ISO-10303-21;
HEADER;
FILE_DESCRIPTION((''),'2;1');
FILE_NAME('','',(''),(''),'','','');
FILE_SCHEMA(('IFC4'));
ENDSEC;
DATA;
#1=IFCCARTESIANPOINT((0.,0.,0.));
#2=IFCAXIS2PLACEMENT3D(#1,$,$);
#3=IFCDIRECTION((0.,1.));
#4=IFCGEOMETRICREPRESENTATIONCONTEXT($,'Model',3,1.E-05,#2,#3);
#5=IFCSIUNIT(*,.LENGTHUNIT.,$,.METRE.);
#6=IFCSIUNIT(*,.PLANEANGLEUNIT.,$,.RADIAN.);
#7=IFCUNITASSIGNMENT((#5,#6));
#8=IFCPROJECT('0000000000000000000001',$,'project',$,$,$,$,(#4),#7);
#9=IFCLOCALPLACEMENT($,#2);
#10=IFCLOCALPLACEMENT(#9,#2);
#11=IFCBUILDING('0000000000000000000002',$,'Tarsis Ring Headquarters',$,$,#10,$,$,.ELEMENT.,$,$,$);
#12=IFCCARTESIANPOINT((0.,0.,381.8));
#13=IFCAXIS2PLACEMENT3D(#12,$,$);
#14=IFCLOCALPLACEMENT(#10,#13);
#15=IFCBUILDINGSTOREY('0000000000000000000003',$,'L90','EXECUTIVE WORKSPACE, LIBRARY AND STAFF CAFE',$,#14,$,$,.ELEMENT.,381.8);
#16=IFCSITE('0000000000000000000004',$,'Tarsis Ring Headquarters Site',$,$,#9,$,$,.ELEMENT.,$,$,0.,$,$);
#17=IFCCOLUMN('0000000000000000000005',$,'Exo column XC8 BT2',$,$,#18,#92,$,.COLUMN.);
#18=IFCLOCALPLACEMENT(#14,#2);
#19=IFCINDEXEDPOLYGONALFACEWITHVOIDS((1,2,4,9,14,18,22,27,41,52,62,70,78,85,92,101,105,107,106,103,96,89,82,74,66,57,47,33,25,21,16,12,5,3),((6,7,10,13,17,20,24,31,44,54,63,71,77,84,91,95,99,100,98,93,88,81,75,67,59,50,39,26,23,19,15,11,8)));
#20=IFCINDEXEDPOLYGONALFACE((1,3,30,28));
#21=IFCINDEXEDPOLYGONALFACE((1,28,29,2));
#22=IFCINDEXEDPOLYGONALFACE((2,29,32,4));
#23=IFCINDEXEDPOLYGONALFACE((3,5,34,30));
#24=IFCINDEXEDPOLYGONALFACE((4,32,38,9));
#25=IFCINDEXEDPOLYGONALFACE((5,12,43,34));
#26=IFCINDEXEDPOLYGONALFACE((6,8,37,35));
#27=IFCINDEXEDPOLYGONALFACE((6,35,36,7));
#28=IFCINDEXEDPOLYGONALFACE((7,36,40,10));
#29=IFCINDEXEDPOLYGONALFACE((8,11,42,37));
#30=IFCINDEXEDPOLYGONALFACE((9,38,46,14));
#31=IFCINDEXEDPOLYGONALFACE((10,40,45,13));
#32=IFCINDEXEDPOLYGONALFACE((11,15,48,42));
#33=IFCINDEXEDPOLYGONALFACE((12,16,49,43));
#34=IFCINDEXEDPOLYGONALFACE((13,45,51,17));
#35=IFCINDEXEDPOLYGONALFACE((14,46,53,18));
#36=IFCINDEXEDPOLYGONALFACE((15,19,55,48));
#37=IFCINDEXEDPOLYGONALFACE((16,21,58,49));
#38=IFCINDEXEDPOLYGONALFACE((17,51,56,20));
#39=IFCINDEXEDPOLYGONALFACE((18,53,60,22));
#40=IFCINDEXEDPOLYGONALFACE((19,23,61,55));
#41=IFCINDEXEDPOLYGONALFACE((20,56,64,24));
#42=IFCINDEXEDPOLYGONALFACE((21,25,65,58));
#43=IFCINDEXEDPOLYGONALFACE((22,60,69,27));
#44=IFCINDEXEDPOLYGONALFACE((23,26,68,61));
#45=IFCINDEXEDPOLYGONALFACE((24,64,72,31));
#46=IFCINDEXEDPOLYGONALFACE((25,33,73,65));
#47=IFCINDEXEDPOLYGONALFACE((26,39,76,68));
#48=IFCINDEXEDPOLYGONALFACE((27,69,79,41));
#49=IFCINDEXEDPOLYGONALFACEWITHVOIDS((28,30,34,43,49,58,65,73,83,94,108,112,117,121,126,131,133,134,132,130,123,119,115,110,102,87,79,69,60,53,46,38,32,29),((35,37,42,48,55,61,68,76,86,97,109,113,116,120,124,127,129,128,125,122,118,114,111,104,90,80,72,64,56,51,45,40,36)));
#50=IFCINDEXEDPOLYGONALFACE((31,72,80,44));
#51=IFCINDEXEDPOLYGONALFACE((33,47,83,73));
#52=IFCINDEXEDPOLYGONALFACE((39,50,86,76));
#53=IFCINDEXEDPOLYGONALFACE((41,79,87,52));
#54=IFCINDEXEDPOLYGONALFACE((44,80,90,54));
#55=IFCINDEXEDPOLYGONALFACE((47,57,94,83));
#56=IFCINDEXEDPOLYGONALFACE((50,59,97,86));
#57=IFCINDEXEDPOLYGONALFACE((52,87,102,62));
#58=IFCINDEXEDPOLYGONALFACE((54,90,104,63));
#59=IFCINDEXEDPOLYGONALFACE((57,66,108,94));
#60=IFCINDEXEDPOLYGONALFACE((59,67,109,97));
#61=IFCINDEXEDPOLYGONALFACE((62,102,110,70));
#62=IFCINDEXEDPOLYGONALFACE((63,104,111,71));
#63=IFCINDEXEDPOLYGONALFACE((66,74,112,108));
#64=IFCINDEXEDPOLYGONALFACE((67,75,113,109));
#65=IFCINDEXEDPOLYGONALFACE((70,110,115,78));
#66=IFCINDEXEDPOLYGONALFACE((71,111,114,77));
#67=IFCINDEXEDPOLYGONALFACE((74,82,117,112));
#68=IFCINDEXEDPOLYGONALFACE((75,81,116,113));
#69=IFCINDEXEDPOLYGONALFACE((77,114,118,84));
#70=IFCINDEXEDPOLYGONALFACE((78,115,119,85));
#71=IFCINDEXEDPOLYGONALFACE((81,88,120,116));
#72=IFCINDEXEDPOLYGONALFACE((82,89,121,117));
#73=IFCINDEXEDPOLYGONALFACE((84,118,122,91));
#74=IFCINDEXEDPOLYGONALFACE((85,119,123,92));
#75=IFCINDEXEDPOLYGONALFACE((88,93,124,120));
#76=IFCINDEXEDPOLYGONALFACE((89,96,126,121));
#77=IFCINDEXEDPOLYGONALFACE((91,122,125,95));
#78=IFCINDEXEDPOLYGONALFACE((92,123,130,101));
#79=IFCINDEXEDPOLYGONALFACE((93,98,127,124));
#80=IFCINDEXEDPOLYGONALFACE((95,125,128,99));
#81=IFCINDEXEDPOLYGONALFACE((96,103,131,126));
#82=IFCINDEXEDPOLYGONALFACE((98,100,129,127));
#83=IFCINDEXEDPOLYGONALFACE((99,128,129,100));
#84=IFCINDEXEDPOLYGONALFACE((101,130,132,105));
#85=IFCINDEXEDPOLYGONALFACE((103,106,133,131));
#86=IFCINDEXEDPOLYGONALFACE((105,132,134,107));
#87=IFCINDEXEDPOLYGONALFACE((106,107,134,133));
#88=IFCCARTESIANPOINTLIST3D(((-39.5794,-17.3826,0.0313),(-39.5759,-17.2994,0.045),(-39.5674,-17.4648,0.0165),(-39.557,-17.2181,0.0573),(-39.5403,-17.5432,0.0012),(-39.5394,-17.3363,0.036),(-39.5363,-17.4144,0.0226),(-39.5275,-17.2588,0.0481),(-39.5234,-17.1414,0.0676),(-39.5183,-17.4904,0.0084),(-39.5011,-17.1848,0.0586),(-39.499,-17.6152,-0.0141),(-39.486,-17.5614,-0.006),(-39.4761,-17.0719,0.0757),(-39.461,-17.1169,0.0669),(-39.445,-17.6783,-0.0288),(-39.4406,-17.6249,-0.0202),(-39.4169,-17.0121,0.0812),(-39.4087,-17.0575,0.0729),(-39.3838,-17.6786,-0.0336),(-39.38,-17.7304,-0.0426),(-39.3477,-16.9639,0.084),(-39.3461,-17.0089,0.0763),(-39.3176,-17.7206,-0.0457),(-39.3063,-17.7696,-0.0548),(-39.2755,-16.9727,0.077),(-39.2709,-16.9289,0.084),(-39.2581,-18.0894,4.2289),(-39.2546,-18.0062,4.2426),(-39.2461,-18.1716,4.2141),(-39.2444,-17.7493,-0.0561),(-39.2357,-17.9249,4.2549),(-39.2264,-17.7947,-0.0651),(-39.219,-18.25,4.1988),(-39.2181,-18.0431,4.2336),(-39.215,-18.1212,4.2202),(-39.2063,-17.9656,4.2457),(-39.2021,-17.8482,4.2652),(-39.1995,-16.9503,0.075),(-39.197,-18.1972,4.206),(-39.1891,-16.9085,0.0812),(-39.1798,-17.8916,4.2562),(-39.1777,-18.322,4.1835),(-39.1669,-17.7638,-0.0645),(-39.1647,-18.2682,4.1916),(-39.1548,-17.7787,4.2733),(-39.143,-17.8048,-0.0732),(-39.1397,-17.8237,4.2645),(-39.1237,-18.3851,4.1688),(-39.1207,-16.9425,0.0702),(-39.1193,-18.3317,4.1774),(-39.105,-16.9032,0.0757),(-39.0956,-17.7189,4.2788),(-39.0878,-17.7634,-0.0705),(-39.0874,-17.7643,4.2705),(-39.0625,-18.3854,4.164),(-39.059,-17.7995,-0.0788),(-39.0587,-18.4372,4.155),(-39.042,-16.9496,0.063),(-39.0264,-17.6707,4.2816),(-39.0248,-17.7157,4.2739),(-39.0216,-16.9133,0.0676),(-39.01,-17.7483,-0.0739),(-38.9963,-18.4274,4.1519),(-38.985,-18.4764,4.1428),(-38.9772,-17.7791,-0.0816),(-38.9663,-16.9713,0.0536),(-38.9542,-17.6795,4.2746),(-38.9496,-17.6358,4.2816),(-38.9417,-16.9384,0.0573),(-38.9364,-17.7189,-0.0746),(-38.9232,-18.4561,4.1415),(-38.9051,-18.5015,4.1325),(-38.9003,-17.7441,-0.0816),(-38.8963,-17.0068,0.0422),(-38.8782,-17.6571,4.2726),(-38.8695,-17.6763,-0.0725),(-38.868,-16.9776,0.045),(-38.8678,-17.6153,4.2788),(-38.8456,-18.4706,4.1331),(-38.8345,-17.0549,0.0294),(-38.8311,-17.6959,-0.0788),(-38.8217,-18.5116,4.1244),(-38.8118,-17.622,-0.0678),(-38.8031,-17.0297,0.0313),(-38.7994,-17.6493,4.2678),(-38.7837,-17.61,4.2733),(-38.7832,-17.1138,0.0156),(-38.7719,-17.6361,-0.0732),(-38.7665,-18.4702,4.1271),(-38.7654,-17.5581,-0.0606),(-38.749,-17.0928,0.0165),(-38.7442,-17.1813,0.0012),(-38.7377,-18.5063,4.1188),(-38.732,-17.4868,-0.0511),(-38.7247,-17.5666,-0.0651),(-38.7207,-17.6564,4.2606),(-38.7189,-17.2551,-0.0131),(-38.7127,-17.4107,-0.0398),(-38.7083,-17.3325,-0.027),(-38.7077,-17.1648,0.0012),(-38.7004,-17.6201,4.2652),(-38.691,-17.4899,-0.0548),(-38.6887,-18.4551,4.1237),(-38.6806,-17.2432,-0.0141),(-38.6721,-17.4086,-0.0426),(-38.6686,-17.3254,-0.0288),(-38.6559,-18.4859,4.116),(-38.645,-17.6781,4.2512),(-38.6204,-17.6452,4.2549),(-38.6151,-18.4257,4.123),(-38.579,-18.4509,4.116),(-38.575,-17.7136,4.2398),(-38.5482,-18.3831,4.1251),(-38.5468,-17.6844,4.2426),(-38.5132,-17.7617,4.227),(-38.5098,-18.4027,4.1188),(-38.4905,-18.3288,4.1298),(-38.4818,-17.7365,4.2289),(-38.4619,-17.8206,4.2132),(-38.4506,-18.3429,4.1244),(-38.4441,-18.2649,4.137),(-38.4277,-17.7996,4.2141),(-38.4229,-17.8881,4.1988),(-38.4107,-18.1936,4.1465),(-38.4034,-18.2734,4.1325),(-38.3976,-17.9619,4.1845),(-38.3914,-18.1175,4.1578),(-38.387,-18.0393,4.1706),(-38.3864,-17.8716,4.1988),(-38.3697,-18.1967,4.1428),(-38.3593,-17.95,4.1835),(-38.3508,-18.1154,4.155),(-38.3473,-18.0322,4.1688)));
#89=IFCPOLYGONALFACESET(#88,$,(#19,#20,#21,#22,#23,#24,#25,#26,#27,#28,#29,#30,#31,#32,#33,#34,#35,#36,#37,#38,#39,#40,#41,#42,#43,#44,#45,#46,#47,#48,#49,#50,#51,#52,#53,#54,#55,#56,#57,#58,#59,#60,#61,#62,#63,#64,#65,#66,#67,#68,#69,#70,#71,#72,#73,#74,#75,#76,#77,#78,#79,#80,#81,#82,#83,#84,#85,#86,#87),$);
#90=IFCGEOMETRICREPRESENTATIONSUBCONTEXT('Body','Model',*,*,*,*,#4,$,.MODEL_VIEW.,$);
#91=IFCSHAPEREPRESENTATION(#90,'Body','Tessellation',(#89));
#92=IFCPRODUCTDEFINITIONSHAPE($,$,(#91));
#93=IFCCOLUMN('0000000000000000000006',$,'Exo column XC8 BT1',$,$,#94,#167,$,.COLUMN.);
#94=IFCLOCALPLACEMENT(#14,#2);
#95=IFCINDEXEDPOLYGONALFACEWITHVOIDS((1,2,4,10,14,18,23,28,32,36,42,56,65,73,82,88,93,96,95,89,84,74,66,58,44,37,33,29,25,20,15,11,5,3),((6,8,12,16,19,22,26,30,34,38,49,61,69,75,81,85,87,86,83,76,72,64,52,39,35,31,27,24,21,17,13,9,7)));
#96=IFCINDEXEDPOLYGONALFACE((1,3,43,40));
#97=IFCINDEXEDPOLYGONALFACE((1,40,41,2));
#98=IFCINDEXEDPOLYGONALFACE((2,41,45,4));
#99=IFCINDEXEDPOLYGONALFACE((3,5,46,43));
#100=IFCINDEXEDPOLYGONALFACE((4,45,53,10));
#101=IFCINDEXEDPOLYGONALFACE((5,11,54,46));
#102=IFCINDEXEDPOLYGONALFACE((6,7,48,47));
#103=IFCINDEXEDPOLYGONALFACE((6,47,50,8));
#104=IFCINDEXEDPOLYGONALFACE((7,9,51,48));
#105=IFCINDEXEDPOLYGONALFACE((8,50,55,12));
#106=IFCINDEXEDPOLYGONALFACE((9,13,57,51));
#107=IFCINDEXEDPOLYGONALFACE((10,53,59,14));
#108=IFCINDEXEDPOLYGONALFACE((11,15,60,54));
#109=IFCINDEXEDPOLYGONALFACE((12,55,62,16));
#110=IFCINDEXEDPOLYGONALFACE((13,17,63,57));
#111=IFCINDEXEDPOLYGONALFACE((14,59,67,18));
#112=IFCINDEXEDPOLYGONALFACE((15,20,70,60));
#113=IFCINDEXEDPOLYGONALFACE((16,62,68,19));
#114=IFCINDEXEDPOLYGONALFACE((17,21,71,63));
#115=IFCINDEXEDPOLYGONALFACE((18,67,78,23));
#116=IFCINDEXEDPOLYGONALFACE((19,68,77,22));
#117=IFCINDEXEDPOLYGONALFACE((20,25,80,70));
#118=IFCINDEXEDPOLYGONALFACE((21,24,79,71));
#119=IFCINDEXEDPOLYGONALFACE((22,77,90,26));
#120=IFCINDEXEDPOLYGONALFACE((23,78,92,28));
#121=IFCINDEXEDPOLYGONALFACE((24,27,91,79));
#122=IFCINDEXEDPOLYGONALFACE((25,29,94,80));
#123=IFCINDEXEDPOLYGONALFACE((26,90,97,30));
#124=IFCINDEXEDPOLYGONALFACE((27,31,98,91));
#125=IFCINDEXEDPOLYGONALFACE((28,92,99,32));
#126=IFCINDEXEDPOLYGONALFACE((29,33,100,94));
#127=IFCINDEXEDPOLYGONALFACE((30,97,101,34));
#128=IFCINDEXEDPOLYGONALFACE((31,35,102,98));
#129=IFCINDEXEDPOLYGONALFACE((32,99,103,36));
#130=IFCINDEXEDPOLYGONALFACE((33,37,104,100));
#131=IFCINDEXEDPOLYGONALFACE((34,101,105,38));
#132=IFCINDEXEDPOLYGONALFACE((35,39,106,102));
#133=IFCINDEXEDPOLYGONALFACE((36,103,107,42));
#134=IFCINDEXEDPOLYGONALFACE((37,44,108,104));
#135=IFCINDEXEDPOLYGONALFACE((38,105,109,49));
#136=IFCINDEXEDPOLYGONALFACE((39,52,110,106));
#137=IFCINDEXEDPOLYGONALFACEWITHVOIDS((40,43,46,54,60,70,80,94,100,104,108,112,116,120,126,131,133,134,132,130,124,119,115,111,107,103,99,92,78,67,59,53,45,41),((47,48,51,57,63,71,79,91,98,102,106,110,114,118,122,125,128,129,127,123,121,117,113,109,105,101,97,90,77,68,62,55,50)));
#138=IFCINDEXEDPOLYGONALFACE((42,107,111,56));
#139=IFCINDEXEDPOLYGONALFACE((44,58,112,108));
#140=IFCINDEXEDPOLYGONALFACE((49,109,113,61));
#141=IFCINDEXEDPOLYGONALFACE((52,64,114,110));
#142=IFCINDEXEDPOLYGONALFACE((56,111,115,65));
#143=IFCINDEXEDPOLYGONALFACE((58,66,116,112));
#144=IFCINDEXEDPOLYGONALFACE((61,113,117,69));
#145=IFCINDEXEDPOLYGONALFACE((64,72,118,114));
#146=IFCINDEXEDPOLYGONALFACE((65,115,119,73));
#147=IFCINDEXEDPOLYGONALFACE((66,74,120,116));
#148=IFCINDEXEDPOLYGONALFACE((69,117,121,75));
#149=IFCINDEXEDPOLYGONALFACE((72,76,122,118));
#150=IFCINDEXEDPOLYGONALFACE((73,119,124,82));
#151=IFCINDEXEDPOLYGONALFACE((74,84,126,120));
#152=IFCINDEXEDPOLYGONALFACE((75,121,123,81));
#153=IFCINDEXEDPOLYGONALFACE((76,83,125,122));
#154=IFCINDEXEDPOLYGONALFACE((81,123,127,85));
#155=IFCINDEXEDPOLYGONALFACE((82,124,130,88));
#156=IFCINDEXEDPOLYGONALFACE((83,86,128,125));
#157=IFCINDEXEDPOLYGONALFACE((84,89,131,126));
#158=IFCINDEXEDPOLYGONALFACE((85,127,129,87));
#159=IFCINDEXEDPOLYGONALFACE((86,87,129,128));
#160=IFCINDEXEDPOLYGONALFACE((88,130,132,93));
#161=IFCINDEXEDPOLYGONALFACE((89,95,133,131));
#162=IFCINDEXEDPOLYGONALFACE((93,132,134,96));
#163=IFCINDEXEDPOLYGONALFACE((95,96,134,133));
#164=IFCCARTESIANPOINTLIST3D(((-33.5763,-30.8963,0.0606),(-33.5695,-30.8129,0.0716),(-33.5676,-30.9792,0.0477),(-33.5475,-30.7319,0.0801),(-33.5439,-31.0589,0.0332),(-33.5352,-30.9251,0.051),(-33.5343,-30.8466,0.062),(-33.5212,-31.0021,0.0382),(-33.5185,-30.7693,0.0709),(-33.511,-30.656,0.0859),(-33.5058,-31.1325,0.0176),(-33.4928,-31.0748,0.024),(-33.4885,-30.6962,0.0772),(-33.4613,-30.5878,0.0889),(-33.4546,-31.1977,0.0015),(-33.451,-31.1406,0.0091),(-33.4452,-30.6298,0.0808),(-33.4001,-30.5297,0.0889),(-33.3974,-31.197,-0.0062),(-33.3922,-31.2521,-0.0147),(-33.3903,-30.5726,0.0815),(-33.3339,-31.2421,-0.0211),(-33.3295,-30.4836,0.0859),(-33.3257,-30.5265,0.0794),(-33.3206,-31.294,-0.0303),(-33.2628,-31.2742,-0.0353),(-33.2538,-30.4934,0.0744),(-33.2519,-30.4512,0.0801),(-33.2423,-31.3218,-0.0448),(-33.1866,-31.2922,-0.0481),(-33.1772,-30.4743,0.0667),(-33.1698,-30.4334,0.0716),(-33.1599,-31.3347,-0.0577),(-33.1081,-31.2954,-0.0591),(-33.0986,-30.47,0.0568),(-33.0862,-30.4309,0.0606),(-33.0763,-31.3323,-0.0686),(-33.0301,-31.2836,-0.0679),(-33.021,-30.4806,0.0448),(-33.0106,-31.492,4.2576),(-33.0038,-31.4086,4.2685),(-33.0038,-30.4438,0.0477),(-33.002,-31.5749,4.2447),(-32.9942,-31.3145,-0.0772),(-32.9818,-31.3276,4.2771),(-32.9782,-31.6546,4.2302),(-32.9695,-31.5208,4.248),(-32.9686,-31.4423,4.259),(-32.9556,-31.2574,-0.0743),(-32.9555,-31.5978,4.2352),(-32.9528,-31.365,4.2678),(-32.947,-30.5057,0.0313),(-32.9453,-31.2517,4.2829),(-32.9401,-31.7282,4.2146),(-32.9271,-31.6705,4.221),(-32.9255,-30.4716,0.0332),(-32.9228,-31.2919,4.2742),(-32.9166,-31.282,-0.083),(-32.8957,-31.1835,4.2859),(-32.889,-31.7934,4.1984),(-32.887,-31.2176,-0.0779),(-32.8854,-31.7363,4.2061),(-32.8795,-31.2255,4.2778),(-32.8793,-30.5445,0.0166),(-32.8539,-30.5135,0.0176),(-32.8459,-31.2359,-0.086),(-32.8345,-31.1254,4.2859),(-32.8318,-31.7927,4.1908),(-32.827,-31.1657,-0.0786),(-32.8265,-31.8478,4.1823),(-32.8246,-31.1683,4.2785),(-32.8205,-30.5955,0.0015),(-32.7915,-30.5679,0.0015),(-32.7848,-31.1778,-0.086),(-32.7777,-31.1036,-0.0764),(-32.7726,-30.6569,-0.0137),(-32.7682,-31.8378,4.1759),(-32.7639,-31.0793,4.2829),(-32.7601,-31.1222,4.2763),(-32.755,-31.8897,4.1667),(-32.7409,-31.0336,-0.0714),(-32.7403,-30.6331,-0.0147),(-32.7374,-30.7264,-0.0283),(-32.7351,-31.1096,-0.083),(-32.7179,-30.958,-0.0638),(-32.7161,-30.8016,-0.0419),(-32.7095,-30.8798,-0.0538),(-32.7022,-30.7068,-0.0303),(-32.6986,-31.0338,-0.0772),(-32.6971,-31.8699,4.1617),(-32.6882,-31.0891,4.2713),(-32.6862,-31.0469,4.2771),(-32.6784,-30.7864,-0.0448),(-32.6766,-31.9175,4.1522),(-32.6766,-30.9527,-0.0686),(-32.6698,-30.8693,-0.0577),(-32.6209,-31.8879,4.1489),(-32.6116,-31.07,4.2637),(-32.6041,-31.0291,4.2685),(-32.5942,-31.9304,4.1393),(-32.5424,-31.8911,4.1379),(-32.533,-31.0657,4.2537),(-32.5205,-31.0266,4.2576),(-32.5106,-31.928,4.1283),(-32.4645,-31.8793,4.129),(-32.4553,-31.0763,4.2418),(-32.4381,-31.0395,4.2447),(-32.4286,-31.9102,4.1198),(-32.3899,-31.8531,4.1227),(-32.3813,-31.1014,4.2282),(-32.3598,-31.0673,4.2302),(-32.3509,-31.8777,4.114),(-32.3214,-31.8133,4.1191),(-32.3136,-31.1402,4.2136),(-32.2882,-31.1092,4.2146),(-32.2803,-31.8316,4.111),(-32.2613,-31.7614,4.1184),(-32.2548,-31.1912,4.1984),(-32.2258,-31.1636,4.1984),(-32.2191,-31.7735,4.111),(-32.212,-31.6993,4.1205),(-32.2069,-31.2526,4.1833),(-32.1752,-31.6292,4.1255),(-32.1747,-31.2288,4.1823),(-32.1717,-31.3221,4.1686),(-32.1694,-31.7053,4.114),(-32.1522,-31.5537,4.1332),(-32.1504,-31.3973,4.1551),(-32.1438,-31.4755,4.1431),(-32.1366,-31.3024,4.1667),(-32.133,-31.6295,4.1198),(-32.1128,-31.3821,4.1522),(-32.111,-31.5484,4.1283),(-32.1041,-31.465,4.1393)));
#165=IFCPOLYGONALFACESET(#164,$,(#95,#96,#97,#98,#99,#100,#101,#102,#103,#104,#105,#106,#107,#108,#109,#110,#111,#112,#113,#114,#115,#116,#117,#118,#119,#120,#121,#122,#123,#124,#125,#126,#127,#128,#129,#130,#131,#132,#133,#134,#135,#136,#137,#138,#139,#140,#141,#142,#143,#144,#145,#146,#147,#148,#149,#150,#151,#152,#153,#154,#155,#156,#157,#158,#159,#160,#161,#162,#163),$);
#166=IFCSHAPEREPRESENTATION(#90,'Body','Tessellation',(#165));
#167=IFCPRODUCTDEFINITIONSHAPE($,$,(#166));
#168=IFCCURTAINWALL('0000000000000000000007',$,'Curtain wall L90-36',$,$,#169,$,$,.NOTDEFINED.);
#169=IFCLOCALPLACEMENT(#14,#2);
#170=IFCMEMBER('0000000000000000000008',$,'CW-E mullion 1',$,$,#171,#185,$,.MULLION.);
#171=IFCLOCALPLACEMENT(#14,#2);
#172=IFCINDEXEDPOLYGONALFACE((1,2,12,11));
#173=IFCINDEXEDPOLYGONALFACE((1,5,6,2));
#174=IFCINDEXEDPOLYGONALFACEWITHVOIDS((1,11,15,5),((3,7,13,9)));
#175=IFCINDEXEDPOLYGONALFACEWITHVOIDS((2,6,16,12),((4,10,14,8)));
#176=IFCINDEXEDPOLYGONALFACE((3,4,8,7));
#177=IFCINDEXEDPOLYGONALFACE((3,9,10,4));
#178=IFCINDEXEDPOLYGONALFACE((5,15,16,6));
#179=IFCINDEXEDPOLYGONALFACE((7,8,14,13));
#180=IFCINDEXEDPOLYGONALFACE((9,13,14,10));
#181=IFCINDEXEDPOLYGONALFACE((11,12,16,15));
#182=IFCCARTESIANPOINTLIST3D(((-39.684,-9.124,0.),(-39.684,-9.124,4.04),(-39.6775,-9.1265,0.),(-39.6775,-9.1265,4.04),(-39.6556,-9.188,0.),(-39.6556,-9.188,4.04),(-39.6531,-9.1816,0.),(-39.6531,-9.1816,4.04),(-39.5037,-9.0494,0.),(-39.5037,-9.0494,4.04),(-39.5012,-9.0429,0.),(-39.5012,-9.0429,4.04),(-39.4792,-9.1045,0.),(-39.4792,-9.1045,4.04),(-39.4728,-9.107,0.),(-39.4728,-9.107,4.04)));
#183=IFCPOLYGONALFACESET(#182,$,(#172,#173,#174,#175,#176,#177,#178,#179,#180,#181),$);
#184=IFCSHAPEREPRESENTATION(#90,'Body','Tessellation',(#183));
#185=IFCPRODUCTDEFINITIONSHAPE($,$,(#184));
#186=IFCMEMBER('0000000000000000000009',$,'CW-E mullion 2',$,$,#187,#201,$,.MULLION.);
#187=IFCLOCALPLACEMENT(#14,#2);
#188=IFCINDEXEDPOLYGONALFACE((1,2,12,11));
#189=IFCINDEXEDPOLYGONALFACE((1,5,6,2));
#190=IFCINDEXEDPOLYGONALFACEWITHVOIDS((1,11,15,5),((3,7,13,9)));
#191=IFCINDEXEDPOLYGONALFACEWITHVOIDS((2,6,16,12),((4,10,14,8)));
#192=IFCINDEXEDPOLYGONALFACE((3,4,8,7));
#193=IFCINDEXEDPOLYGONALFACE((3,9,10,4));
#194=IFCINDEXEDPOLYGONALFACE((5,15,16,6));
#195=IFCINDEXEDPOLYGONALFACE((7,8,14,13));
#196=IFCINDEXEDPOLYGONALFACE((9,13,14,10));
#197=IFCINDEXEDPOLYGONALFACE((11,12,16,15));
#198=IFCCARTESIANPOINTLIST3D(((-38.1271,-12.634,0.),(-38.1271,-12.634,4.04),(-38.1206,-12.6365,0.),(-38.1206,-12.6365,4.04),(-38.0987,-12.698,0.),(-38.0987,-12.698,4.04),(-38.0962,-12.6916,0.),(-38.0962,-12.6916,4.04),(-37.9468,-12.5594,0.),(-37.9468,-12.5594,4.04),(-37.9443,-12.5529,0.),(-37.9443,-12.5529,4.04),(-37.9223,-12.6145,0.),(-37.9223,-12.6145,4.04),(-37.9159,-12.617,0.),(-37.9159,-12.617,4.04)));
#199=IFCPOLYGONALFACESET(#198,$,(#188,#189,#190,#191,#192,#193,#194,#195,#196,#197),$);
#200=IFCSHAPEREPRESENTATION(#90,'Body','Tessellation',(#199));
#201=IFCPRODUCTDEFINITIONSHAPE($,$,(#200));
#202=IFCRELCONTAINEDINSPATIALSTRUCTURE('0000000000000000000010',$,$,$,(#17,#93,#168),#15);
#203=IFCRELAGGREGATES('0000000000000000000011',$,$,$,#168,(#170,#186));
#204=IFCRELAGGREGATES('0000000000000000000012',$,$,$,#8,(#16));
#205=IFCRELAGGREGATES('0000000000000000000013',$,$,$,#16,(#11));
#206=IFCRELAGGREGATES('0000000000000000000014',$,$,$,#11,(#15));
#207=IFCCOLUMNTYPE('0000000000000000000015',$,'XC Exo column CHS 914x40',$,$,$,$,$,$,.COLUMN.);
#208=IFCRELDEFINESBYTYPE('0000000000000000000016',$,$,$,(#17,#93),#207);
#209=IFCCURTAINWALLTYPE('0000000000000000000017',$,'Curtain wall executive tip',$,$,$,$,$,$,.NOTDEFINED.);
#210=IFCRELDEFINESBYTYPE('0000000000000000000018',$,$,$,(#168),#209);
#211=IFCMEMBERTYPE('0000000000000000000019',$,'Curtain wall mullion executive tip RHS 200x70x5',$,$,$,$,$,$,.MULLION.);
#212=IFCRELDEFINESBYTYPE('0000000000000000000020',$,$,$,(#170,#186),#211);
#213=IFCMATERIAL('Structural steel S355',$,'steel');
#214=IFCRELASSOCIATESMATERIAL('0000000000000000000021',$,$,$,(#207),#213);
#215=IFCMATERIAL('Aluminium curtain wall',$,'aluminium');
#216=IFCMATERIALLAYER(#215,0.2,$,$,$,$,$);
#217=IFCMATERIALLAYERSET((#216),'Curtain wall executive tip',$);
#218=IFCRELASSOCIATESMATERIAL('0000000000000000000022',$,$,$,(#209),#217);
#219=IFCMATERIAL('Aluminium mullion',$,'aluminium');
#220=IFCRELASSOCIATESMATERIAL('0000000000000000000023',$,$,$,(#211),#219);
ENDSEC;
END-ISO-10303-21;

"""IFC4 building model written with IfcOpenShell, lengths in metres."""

from ifc_helpers import new_model, si_unit, direction, frame, origin, origin_2d, place, context, subcontext, project, spatial, hollow_rectangle, hollow_circle, extrude, material, layer, layer_set, material_profile, profile_set, type_object, element, aggregate, save


model = new_model("IFC4")

# Units and contexts
model_context = context("Model", 3, precision=1e-05, world=origin(), true_north=direction((0.0, 1.0)))
body_context = subcontext(model_context, "Body", "Model", "MODEL_VIEW")
ifc_project = project(units=[si_unit("LENGTHUNIT", "METRE"), si_unit("PLANEANGLEUNIT", "RADIAN")], contexts=[model_context])

# Site, building, storey
site_placement = place(None, origin())
site = spatial("IfcSite", under=ifc_project, at=site_placement, Name="Tarsis Ring Headquarters Site", CompositionType="ELEMENT", RefElevation=0.0)
building_placement = place(site_placement, origin())
building = spatial("IfcBuilding", under=site, at=building_placement, Name="Tarsis Ring Headquarters", CompositionType="ELEMENT")
storey_placement = place(building_placement, frame((0.0, 0.0, 381.8)))
storey = spatial("IfcBuildingStorey", under=building, at=storey_placement, Name="L90", Description="EXECUTIVE WORKSPACE, LIBRARY AND STAFF CAFE", CompositionType="ELEMENT", Elevation=381.8)

# Columns
ifc_material_1 = material(Name="Structural steel S355", Category="steel")
ifc_material_profile_1 = material_profile(ifc_material_1, hollow_circle(Radius=0.457, WallThickness=0.04, at=origin_2d()), Name="CHS 914x40")
ifc_profile_set_1 = profile_set([ifc_material_profile_1], Name="Structural steel S355")
column_type = type_object("IfcColumnType", Name="XC Exo column CHS 914x40", PredefinedType="COLUMN", material=ifc_profile_set_1)
column_1_placement = place(storey_placement, frame((-39.124, -17.354, 0.0012), z_axis=(0.075266, -0.165574, 0.983321), x_axis=(0.910356, 0.413827, 0.0)))
element("IfcColumn", 1, at=column_1_placement, inside=storey, type_object=column_type, Name="Exo column XC8 BT2", PredefinedType="COLUMN", context=body_context, shape_type="SweptSolid", body=[
    extrude(hollow_circle(Radius=0.4573, WallThickness=0.04, at=origin_2d()), origin(), (0.0, 0.0, 1.0), 4.2688),
])
column_2_placement = place(storey_placement, frame((-33.123, -30.8828, 0.0015), z_axis=(0.13227, -0.139292, 0.981378), x_axis=(0.725148, 0.688593, 0.0)))
element("IfcColumn", 2, at=column_2_placement, inside=storey, type_object=column_type, Name="Exo column XC8 BT1", PredefinedType="COLUMN", context=body_context, shape_type="SweptSolid", body=[
    extrude(hollow_circle(Radius=0.4573, WallThickness=0.04, at=origin_2d()), origin(), (0.0, 0.0, 1.0), 4.2766),
])

# Curtain wall, members
ifc_material_2 = material(Name="Aluminium curtain wall", Category="aluminium")
ifc_layer_1 = layer(ifc_material_2, 0.2)
ifc_layer_set_1 = layer_set([ifc_layer_1], Name="Curtain wall executive tip")
curtain_wall_type = type_object("IfcCurtainWallType", Name="Curtain wall executive tip", PredefinedType="NOTDEFINED", material=ifc_layer_set_1)
curtain_wall_placement = place(storey_placement, origin())
curtain_wall = element("IfcCurtainWall", 3, at=curtain_wall_placement, inside=storey, type_object=curtain_wall_type, Name="Curtain wall L90-36", PredefinedType="NOTDEFINED")
ifc_material_3 = material(Name="Aluminium mullion", Category="aluminium")
ifc_material_profile_2 = material_profile(ifc_material_3, hollow_rectangle(XDim=0.2, YDim=0.0701, WallThickness=0.0049, at=origin_2d()), Name="RHS 200x70x5")
ifc_profile_set_2 = profile_set([ifc_material_profile_2], Name="Aluminium mullion")
member_type_1 = type_object("IfcMemberType", Name="Curtain wall mullion executive tip RHS 200x70x5", PredefinedType="MULLION", material=ifc_profile_set_2)
member_1_placement = place(storey_placement, frame((-39.5784, -9.1155, 0.0), z_axis=(0.0, 0.0, 1.0), x_axis=(0.914112, 0.405461, 0.0)))
member_1 = element("IfcMember", 4, at=member_1_placement, type_object=member_type_1, Name="CW-E mullion 1", PredefinedType="MULLION", context=body_context, shape_type="SweptSolid", body=[
    extrude(hollow_rectangle(XDim=0.2, YDim=0.0701, WallThickness=0.0049, at=origin_2d()), origin(), (0.0, 0.0, 1.0), 4.04),
])
member_2_placement = place(storey_placement, frame((-38.0215, -12.6255, 0.0), z_axis=(0.0, 0.0, 1.0), x_axis=(0.914112, 0.405461, 0.0)))
member_2 = element("IfcMember", 5, at=member_2_placement, type_object=member_type_1, Name="CW-E mullion 2", PredefinedType="MULLION", context=body_context, shape_type="SweptSolid", body=[
    extrude(hollow_rectangle(XDim=0.2, YDim=0.0701, WallThickness=0.0049, at=origin_2d()), origin(), (0.0, 0.0, 1.0), 4.04),
])

aggregate(curtain_wall, [member_1, member_2])

save(model, "model.ifc")
